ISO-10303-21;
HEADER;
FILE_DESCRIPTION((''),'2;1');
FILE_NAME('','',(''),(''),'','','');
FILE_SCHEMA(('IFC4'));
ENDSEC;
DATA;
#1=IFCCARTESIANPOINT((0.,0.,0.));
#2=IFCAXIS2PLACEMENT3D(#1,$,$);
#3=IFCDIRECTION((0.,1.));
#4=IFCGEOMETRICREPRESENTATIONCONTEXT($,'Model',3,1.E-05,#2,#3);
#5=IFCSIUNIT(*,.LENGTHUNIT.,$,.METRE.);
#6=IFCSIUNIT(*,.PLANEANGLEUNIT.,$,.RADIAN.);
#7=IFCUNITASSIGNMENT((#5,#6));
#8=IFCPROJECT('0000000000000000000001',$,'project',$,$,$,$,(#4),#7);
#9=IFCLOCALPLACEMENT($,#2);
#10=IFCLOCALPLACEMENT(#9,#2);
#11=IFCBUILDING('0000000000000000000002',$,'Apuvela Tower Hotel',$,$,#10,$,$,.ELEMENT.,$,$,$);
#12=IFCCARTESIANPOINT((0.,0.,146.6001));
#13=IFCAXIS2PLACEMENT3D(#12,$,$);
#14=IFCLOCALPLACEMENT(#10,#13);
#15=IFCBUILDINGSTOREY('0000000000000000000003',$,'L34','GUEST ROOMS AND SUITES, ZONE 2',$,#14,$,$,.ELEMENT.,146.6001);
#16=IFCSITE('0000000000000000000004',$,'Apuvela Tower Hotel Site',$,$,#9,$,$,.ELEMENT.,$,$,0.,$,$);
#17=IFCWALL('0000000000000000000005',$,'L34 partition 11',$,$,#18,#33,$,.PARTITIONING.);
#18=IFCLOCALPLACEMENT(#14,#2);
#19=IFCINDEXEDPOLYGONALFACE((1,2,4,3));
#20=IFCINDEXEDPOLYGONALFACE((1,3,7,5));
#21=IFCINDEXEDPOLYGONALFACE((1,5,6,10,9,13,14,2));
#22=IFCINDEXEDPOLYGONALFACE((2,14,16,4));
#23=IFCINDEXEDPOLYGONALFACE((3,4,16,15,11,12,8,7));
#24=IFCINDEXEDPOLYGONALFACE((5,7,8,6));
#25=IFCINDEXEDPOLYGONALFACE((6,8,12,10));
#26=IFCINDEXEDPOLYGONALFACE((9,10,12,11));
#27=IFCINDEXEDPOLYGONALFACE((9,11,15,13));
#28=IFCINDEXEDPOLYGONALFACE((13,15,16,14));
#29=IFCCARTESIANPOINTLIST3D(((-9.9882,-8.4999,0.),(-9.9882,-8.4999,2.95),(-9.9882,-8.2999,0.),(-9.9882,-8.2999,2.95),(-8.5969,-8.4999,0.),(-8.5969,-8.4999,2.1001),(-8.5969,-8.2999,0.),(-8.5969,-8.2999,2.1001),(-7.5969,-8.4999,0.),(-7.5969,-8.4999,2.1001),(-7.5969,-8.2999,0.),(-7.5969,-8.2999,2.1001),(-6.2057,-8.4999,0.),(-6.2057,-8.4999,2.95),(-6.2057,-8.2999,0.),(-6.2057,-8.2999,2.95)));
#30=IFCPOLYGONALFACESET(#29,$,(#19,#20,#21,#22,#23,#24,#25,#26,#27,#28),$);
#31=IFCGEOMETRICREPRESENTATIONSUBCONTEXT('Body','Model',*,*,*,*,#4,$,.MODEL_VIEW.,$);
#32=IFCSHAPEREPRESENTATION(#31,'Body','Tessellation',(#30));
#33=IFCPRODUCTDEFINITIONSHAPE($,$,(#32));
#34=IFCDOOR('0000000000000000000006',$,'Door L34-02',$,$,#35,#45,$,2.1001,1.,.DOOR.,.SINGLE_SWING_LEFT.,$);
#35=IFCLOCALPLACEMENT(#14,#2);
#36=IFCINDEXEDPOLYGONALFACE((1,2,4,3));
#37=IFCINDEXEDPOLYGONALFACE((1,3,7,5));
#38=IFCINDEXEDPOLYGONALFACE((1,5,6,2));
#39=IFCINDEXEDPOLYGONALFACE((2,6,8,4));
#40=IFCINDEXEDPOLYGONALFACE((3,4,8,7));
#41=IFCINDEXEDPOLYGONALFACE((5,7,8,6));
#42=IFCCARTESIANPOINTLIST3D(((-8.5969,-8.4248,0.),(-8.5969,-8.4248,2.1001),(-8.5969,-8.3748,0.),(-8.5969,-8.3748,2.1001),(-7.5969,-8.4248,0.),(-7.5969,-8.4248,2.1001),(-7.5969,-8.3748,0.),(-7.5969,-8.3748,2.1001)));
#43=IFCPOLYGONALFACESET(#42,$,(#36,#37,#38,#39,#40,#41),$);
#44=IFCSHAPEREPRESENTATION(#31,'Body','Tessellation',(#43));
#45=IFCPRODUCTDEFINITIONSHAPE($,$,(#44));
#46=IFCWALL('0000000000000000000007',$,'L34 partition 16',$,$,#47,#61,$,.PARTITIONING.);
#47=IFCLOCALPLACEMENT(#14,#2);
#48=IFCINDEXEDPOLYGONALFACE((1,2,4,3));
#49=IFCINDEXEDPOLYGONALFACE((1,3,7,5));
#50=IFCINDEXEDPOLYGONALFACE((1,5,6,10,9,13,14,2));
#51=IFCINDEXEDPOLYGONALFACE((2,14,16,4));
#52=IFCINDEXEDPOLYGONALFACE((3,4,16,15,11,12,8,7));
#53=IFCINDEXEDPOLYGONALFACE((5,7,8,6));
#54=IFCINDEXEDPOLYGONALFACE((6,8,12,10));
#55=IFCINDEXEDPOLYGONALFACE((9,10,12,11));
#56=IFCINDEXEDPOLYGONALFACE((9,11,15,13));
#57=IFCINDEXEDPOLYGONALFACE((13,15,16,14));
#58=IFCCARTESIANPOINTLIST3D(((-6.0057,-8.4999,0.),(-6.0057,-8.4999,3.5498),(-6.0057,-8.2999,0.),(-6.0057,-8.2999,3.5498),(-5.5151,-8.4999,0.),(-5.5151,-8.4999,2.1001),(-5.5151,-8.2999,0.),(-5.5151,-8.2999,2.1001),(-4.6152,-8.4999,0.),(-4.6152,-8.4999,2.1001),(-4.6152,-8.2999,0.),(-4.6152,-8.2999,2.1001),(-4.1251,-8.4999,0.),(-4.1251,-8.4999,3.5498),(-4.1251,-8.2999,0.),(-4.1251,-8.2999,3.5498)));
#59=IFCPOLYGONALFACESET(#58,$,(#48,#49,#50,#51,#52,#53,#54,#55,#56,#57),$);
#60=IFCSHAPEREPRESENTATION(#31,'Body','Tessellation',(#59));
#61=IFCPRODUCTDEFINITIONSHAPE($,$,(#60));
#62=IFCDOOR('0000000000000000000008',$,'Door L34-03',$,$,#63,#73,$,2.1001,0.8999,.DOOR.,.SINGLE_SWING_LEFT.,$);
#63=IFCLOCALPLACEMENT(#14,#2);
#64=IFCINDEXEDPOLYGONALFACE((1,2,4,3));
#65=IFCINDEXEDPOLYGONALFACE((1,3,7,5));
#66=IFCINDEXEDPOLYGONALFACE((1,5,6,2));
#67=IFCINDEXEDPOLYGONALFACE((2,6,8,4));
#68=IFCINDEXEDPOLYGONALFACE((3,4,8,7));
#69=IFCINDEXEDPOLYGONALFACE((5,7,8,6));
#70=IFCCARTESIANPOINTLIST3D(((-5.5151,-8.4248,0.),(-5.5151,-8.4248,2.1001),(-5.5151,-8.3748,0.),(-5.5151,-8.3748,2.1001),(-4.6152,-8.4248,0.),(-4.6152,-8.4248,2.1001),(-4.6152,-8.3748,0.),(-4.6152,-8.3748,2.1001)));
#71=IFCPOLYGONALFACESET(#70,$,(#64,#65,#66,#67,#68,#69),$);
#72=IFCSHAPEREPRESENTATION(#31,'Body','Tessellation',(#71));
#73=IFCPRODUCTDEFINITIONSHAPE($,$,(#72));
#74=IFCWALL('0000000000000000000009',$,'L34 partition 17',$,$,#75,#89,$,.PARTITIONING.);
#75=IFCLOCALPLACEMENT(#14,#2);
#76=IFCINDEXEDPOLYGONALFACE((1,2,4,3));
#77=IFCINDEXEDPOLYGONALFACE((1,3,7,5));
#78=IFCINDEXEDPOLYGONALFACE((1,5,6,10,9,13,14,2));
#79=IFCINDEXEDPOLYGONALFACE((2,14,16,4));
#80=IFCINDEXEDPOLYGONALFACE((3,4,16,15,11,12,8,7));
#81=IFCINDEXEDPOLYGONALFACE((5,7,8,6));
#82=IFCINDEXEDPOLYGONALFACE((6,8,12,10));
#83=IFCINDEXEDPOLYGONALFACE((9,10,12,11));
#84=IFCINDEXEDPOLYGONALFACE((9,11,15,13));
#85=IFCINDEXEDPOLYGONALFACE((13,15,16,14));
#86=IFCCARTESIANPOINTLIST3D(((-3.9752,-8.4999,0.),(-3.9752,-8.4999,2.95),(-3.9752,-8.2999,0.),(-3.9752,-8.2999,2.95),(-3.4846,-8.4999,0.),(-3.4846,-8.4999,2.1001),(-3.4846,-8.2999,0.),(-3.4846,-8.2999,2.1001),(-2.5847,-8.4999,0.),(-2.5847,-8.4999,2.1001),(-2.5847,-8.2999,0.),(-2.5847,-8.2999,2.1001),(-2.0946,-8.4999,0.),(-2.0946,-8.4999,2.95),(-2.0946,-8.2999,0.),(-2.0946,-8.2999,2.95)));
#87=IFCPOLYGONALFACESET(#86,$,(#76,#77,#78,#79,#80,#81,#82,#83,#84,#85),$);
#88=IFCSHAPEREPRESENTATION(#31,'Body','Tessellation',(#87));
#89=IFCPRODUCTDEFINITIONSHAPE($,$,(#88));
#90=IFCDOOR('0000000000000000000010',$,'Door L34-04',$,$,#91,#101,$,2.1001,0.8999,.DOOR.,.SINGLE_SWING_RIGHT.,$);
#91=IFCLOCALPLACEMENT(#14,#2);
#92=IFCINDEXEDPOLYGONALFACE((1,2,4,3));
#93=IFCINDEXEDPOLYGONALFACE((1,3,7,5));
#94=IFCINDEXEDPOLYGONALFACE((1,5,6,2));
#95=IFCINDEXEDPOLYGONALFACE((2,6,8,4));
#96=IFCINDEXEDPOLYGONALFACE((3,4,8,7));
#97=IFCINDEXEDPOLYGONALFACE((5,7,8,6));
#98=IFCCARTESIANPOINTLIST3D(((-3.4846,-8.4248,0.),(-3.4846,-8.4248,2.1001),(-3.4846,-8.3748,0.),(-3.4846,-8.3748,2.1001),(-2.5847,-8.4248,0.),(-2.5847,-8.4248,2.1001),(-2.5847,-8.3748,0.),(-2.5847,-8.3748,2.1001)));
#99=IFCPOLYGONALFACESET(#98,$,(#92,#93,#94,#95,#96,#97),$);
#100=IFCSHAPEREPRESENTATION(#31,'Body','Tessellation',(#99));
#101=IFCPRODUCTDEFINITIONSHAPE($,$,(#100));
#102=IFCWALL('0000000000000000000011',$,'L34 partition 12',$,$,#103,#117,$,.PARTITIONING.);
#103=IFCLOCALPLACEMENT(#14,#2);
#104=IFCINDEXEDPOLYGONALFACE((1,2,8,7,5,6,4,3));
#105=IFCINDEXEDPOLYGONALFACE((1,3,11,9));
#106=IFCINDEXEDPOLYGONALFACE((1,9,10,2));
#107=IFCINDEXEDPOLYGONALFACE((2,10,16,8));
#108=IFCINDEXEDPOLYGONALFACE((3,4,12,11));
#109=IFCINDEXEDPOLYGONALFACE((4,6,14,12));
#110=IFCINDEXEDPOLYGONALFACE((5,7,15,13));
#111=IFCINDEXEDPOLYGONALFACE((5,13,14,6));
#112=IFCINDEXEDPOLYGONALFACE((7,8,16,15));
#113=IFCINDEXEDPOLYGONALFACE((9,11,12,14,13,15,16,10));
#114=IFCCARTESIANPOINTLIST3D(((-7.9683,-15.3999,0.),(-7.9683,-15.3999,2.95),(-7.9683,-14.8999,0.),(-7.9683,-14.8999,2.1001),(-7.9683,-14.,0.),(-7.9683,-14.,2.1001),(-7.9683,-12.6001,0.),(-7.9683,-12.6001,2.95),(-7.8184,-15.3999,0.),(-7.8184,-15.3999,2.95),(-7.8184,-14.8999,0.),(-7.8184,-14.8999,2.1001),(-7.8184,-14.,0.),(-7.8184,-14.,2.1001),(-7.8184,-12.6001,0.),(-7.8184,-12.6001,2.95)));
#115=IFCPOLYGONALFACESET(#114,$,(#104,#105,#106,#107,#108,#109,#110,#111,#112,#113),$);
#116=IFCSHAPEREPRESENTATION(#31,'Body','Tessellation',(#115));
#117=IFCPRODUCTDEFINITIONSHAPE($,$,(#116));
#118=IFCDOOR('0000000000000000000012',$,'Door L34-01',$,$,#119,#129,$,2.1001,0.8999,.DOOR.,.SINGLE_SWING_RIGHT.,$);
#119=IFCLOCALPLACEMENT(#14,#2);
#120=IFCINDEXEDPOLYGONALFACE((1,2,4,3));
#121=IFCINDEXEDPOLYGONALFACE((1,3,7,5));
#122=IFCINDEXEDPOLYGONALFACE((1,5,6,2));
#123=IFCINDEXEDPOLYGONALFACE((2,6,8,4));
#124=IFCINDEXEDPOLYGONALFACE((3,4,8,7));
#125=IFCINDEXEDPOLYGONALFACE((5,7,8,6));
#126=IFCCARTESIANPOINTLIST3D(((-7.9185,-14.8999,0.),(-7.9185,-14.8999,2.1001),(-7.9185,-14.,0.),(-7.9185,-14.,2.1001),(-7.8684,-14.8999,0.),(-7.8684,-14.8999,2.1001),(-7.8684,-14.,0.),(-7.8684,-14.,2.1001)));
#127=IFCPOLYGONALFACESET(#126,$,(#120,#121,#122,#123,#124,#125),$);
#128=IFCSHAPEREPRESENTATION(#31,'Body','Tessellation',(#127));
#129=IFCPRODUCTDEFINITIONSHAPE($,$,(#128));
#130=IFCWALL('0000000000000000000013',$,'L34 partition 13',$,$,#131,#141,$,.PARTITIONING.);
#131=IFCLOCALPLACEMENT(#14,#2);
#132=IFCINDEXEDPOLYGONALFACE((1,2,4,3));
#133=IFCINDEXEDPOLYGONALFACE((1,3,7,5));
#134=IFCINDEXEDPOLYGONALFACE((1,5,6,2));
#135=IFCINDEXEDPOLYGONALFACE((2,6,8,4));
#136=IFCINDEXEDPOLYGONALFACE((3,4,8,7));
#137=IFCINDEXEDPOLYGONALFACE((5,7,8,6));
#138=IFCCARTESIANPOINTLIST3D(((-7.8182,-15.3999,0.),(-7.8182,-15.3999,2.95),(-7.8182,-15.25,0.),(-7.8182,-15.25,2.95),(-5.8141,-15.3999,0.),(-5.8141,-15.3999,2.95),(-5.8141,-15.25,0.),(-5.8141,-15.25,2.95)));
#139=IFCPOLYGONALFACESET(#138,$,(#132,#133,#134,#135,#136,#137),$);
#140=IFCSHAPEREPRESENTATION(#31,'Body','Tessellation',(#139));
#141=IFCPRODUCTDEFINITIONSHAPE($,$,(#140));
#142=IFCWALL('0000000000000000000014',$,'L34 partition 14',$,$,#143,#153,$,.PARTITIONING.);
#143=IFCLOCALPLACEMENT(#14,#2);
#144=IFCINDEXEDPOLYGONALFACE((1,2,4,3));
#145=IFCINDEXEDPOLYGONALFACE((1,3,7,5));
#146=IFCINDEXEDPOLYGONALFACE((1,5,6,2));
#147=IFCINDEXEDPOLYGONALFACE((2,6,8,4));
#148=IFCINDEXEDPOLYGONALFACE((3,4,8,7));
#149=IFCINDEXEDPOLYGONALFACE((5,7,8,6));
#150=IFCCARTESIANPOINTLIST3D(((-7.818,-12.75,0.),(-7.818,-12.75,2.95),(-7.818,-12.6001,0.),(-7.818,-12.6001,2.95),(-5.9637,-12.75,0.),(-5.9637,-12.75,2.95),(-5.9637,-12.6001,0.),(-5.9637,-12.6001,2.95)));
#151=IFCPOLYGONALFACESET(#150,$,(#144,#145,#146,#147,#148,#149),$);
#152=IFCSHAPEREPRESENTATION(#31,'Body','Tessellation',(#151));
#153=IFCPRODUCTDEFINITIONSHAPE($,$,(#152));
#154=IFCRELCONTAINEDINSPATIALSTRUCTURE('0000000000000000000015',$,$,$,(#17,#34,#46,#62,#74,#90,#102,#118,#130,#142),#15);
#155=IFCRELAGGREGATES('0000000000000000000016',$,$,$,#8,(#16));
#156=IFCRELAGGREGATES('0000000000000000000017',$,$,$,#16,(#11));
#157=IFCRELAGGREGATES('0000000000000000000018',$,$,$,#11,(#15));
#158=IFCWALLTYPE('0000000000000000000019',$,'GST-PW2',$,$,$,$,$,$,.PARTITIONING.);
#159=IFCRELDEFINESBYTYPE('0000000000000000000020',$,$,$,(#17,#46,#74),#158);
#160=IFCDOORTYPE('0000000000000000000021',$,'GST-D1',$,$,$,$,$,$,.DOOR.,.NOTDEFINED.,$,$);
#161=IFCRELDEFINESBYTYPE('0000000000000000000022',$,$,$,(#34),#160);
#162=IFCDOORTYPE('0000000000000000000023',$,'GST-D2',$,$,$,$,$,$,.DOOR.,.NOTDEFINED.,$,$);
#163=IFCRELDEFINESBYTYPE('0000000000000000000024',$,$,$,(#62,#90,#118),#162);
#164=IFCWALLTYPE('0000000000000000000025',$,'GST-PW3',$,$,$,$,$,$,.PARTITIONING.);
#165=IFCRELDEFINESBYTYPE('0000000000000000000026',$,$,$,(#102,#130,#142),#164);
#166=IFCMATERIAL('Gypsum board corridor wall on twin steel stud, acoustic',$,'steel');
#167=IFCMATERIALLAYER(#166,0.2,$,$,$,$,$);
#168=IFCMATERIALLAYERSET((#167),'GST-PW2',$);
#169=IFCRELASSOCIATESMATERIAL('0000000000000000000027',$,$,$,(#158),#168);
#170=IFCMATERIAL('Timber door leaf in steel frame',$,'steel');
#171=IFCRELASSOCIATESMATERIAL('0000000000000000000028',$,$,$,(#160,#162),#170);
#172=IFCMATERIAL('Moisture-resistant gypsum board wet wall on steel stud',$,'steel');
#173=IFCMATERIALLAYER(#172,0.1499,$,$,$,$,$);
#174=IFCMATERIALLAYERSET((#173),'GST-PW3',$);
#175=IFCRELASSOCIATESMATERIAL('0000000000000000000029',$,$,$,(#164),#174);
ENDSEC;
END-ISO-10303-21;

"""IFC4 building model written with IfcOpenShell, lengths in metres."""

from ifc_helpers import new_model, si_unit, direction, frame, frame_2d, origin, place, context, subcontext, project, spatial, rectangle, extrude, material, layer, layer_set, type_object, element, fill, save


model = new_model("IFC4")

# Units and contexts
model_context = context("Model", 3, precision=1e-05, world=origin(), true_north=direction((0.0, 1.0)))
body_context = subcontext(model_context, "Body", "Model", "MODEL_VIEW")
ifc_project = project(units=[si_unit("LENGTHUNIT", "METRE"), si_unit("PLANEANGLEUNIT", "RADIAN")], contexts=[model_context])

# Site, building, storey
site_placement = place(None, origin())
site = spatial("IfcSite", under=ifc_project, at=site_placement, Name="Apuvela Tower Hotel Site", CompositionType="ELEMENT", RefElevation=0.0)
building_placement = place(site_placement, origin())
building = spatial("IfcBuilding", under=site, at=building_placement, Name="Apuvela Tower Hotel", CompositionType="ELEMENT")
storey_placement = place(building_placement, frame((0.0, 0.0, 146.6001)))
storey = spatial("IfcBuildingStorey", under=building, at=storey_placement, Name="L34", Description="GUEST ROOMS AND SUITES, ZONE 2", CompositionType="ELEMENT", Elevation=146.6001)

# Walls, openings, doors
ifc_material_1 = material(Name="Gypsum board corridor wall on twin steel stud, acoustic", Category="steel")
ifc_layer_1 = layer(ifc_material_1, 0.2)
ifc_layer_set_1 = layer_set([ifc_layer_1], Name="GST-PW2")
wall_type_1 = type_object("IfcWallType", Name="GST-PW2", PredefinedType="PARTITIONING", material=ifc_layer_set_1)
wall_1_placement = place(storey_placement, frame((-6.2058, -8.3999, 0.0), z_axis=(0.0, 0.0, 1.0), x_axis=(-1.0, 0.0, 0.0)))
wall_1 = element("IfcWall", 1, at=wall_1_placement, inside=storey, type_object=wall_type_1, Name="L34 partition 11", PredefinedType="PARTITIONING", context=body_context, shape_type="SweptSolid", body=[
    extrude(rectangle(XDim=3.7825, YDim=0.2, at=frame_2d((1.8911, 0.0))), origin(), (0.0, 0.0, 1.0), 2.95),
])
opening_1_placement = place(wall_1_placement, frame((1.3911, 0.0, 0.0)))
opening_1 = element("IfcOpeningElement", 2, at=opening_1_placement, cuts=wall_1, PredefinedType="OPENING", context=body_context, shape_type="SweptSolid", body=[
    extrude(rectangle(XDim=1.0, YDim=2.1001, at=frame_2d((0.5, 1.05))), frame((0.0, 0.1099, 0.0), z_axis=(0.0, -1.0, 0.0), x_axis=(1.0, 0.0, 0.0)), (0.0, 0.0, 1.0), 0.22),
])
ifc_material_2 = material(Name="Timber door leaf in steel frame", Category="steel")
door_type_1 = type_object("IfcDoorType", Name="GST-D1", OperationType="NOTDEFINED", PredefinedType="DOOR", material=ifc_material_2)
door_1_placement = place(opening_1_placement, origin())
door_1 = element("IfcDoor", 3, at=door_1_placement, inside=storey, type_object=door_type_1, Name="Door L34-02", OperationType="SINGLE_SWING_LEFT", OverallHeight=2.1001, OverallWidth=1.0, PredefinedType="DOOR", context=body_context, shape_type="SweptSolid", body=[
    extrude(rectangle(XDim=1.0, YDim=2.1001, at=frame_2d((0.5, 1.05))), frame((0.0, 0.0249, 0.0), z_axis=(0.0, -1.0, 0.0), x_axis=(1.0, 0.0, 0.0)), (0.0, 0.0, 1.0), 0.05),
])
fill(opening_1, door_1)
wall_2_placement = place(storey_placement, frame((-4.125, -8.3999, 0.0), z_axis=(0.0, 0.0, 1.0), x_axis=(-1.0, 0.0, 0.0)))
wall_2 = element("IfcWall", 4, at=wall_2_placement, inside=storey, type_object=wall_type_1, Name="L34 partition 16", PredefinedType="PARTITIONING", context=body_context, shape_type="SweptSolid", body=[
    extrude(rectangle(XDim=1.8806, YDim=0.2, at=frame_2d((0.9404, 0.0))), origin(), (0.0, 0.0, 1.0), 3.5498),
])
opening_2_placement = place(wall_2_placement, frame((0.4902, 0.0, 0.0)))
opening_2 = element("IfcOpeningElement", 5, at=opening_2_placement, cuts=wall_2, PredefinedType="OPENING", context=body_context, shape_type="SweptSolid", body=[
    extrude(rectangle(XDim=0.8999, YDim=2.1001, at=frame_2d((0.45, 1.05))), frame((0.0, 0.1099, 0.0), z_axis=(0.0, -1.0, 0.0), x_axis=(1.0, 0.0, 0.0)), (0.0, 0.0, 1.0), 0.22),
])
door_type_2 = type_object("IfcDoorType", Name="GST-D2", OperationType="NOTDEFINED", PredefinedType="DOOR", material=ifc_material_2)
door_2_placement = place(opening_2_placement, origin())
door_2 = element("IfcDoor", 6, at=door_2_placement, inside=storey, type_object=door_type_2, Name="Door L34-03", OperationType="SINGLE_SWING_LEFT", OverallHeight=2.1001, OverallWidth=0.8999, PredefinedType="DOOR", context=body_context, shape_type="SweptSolid", body=[
    extrude(rectangle(XDim=0.8999, YDim=2.1001, at=frame_2d((0.45, 1.05))), frame((0.0, 0.0249, 0.0), z_axis=(0.0, -1.0, 0.0), x_axis=(1.0, 0.0, 0.0)), (0.0, 0.0, 1.0), 0.05),
])
fill(opening_2, door_2)
wall_3_placement = place(storey_placement, frame((-2.0945, -8.3999, 0.0), z_axis=(0.0, 0.0, 1.0), x_axis=(-1.0, 0.0, 0.0)))
wall_3 = element("IfcWall", 7, at=wall_3_placement, inside=storey, type_object=wall_type_1, Name="L34 partition 17", PredefinedType="PARTITIONING", context=body_context, shape_type="SweptSolid", body=[
    extrude(rectangle(XDim=1.8806, YDim=0.2, at=frame_2d((0.9404, 0.0))), origin(), (0.0, 0.0, 1.0), 2.95),
])
opening_3_placement = place(wall_3_placement, frame((0.4902, 0.0, 0.0)))
opening_3 = element("IfcOpeningElement", 8, at=opening_3_placement, cuts=wall_3, PredefinedType="OPENING", context=body_context, shape_type="SweptSolid", body=[
    extrude(rectangle(XDim=0.8999, YDim=2.1001, at=frame_2d((0.45, 1.05))), frame((0.0, 0.1099, 0.0), z_axis=(0.0, -1.0, 0.0), x_axis=(1.0, 0.0, 0.0)), (0.0, 0.0, 1.0), 0.22),
])
door_3_placement = place(opening_3_placement, origin())
door_3 = element("IfcDoor", 9, at=door_3_placement, inside=storey, type_object=door_type_2, Name="Door L34-04", OperationType="SINGLE_SWING_RIGHT", OverallHeight=2.1001, OverallWidth=0.8999, PredefinedType="DOOR", context=body_context, shape_type="SweptSolid", body=[
    extrude(rectangle(XDim=0.8999, YDim=2.1001, at=frame_2d((0.45, 1.05))), frame((0.0, 0.0249, 0.0), z_axis=(0.0, -1.0, 0.0), x_axis=(1.0, 0.0, 0.0)), (0.0, 0.0, 1.0), 0.05),
])
fill(opening_3, door_3)
ifc_material_3 = material(Name="Moisture-resistant gypsum board wet wall on steel stud", Category="steel")
ifc_layer_2 = layer(ifc_material_3, 0.1499)
ifc_layer_set_2 = layer_set([ifc_layer_2], Name="GST-PW3")
wall_type_2 = type_object("IfcWallType", Name="GST-PW3", PredefinedType="PARTITIONING", material=ifc_layer_set_2)
wall_4_placement = place(storey_placement, frame((-7.8933, -12.6001, 0.0), z_axis=(0.0, 0.0, 1.0), x_axis=(0.0, -1.0, 0.0)))
wall_4 = element("IfcWall", 10, at=wall_4_placement, inside=storey, type_object=wall_type_2, Name="L34 partition 12", PredefinedType="PARTITIONING", context=body_context, shape_type="SweptSolid", body=[
    extrude(rectangle(XDim=2.7998, YDim=0.1499, at=frame_2d((1.3999, 0.0))), origin(), (0.0, 0.0, 1.0), 2.95),
])
opening_4_placement = place(wall_4_placement, frame((1.3999, 0.0, 0.0)))
opening_4 = element("IfcOpeningElement", 11, at=opening_4_placement, cuts=wall_4, PredefinedType="OPENING", context=body_context, shape_type="SweptSolid", body=[
    extrude(rectangle(XDim=0.8999, YDim=2.1001, at=frame_2d((0.45, 1.05))), frame((0.0, 0.085, 0.0), z_axis=(0.0, -1.0, 0.0), x_axis=(1.0, 0.0, 0.0)), (0.0, 0.0, 1.0), 0.1699),
])
door_4_placement = place(opening_4_placement, origin())
door_4 = element("IfcDoor", 12, at=door_4_placement, inside=storey, type_object=door_type_2, Name="Door L34-01", OperationType="SINGLE_SWING_RIGHT", OverallHeight=2.1001, OverallWidth=0.8999, PredefinedType="DOOR", context=body_context, shape_type="SweptSolid", body=[
    extrude(rectangle(XDim=0.8999, YDim=2.1001, at=frame_2d((0.45, 1.05))), frame((0.0, 0.0249, 0.0), z_axis=(0.0, -1.0, 0.0), x_axis=(1.0, 0.0, 0.0)), (0.0, 0.0, 1.0), 0.05),
])
fill(opening_4, door_4)

# Walls
wall_5_placement = place(storey_placement, frame((-7.8181, -15.325, 0.0), z_axis=(0.0, 0.0, 1.0), x_axis=(1.0, 0.0, 0.0)))
element("IfcWall", 13, at=wall_5_placement, inside=storey, type_object=wall_type_2, Name="L34 partition 13", PredefinedType="PARTITIONING", context=body_context, shape_type="SweptSolid", body=[
    extrude(rectangle(XDim=2.0042, YDim=0.1499, at=frame_2d((1.002, 0.0))), origin(), (0.0, 0.0, 1.0), 2.95),
])
wall_6_placement = place(storey_placement, frame((-7.8181, -12.675, 0.0), z_axis=(0.0, 0.0, 1.0), x_axis=(1.0, 0.0, 0.0)))
element("IfcWall", 14, at=wall_6_placement, inside=storey, type_object=wall_type_2, Name="L34 partition 14", PredefinedType="PARTITIONING", context=body_context, shape_type="SweptSolid", body=[
    extrude(rectangle(XDim=1.8542, YDim=0.1499, at=frame_2d((0.9272, 0.0))), origin(), (0.0, 0.0, 1.0), 2.95),
])

save(model, "model.ifc")
